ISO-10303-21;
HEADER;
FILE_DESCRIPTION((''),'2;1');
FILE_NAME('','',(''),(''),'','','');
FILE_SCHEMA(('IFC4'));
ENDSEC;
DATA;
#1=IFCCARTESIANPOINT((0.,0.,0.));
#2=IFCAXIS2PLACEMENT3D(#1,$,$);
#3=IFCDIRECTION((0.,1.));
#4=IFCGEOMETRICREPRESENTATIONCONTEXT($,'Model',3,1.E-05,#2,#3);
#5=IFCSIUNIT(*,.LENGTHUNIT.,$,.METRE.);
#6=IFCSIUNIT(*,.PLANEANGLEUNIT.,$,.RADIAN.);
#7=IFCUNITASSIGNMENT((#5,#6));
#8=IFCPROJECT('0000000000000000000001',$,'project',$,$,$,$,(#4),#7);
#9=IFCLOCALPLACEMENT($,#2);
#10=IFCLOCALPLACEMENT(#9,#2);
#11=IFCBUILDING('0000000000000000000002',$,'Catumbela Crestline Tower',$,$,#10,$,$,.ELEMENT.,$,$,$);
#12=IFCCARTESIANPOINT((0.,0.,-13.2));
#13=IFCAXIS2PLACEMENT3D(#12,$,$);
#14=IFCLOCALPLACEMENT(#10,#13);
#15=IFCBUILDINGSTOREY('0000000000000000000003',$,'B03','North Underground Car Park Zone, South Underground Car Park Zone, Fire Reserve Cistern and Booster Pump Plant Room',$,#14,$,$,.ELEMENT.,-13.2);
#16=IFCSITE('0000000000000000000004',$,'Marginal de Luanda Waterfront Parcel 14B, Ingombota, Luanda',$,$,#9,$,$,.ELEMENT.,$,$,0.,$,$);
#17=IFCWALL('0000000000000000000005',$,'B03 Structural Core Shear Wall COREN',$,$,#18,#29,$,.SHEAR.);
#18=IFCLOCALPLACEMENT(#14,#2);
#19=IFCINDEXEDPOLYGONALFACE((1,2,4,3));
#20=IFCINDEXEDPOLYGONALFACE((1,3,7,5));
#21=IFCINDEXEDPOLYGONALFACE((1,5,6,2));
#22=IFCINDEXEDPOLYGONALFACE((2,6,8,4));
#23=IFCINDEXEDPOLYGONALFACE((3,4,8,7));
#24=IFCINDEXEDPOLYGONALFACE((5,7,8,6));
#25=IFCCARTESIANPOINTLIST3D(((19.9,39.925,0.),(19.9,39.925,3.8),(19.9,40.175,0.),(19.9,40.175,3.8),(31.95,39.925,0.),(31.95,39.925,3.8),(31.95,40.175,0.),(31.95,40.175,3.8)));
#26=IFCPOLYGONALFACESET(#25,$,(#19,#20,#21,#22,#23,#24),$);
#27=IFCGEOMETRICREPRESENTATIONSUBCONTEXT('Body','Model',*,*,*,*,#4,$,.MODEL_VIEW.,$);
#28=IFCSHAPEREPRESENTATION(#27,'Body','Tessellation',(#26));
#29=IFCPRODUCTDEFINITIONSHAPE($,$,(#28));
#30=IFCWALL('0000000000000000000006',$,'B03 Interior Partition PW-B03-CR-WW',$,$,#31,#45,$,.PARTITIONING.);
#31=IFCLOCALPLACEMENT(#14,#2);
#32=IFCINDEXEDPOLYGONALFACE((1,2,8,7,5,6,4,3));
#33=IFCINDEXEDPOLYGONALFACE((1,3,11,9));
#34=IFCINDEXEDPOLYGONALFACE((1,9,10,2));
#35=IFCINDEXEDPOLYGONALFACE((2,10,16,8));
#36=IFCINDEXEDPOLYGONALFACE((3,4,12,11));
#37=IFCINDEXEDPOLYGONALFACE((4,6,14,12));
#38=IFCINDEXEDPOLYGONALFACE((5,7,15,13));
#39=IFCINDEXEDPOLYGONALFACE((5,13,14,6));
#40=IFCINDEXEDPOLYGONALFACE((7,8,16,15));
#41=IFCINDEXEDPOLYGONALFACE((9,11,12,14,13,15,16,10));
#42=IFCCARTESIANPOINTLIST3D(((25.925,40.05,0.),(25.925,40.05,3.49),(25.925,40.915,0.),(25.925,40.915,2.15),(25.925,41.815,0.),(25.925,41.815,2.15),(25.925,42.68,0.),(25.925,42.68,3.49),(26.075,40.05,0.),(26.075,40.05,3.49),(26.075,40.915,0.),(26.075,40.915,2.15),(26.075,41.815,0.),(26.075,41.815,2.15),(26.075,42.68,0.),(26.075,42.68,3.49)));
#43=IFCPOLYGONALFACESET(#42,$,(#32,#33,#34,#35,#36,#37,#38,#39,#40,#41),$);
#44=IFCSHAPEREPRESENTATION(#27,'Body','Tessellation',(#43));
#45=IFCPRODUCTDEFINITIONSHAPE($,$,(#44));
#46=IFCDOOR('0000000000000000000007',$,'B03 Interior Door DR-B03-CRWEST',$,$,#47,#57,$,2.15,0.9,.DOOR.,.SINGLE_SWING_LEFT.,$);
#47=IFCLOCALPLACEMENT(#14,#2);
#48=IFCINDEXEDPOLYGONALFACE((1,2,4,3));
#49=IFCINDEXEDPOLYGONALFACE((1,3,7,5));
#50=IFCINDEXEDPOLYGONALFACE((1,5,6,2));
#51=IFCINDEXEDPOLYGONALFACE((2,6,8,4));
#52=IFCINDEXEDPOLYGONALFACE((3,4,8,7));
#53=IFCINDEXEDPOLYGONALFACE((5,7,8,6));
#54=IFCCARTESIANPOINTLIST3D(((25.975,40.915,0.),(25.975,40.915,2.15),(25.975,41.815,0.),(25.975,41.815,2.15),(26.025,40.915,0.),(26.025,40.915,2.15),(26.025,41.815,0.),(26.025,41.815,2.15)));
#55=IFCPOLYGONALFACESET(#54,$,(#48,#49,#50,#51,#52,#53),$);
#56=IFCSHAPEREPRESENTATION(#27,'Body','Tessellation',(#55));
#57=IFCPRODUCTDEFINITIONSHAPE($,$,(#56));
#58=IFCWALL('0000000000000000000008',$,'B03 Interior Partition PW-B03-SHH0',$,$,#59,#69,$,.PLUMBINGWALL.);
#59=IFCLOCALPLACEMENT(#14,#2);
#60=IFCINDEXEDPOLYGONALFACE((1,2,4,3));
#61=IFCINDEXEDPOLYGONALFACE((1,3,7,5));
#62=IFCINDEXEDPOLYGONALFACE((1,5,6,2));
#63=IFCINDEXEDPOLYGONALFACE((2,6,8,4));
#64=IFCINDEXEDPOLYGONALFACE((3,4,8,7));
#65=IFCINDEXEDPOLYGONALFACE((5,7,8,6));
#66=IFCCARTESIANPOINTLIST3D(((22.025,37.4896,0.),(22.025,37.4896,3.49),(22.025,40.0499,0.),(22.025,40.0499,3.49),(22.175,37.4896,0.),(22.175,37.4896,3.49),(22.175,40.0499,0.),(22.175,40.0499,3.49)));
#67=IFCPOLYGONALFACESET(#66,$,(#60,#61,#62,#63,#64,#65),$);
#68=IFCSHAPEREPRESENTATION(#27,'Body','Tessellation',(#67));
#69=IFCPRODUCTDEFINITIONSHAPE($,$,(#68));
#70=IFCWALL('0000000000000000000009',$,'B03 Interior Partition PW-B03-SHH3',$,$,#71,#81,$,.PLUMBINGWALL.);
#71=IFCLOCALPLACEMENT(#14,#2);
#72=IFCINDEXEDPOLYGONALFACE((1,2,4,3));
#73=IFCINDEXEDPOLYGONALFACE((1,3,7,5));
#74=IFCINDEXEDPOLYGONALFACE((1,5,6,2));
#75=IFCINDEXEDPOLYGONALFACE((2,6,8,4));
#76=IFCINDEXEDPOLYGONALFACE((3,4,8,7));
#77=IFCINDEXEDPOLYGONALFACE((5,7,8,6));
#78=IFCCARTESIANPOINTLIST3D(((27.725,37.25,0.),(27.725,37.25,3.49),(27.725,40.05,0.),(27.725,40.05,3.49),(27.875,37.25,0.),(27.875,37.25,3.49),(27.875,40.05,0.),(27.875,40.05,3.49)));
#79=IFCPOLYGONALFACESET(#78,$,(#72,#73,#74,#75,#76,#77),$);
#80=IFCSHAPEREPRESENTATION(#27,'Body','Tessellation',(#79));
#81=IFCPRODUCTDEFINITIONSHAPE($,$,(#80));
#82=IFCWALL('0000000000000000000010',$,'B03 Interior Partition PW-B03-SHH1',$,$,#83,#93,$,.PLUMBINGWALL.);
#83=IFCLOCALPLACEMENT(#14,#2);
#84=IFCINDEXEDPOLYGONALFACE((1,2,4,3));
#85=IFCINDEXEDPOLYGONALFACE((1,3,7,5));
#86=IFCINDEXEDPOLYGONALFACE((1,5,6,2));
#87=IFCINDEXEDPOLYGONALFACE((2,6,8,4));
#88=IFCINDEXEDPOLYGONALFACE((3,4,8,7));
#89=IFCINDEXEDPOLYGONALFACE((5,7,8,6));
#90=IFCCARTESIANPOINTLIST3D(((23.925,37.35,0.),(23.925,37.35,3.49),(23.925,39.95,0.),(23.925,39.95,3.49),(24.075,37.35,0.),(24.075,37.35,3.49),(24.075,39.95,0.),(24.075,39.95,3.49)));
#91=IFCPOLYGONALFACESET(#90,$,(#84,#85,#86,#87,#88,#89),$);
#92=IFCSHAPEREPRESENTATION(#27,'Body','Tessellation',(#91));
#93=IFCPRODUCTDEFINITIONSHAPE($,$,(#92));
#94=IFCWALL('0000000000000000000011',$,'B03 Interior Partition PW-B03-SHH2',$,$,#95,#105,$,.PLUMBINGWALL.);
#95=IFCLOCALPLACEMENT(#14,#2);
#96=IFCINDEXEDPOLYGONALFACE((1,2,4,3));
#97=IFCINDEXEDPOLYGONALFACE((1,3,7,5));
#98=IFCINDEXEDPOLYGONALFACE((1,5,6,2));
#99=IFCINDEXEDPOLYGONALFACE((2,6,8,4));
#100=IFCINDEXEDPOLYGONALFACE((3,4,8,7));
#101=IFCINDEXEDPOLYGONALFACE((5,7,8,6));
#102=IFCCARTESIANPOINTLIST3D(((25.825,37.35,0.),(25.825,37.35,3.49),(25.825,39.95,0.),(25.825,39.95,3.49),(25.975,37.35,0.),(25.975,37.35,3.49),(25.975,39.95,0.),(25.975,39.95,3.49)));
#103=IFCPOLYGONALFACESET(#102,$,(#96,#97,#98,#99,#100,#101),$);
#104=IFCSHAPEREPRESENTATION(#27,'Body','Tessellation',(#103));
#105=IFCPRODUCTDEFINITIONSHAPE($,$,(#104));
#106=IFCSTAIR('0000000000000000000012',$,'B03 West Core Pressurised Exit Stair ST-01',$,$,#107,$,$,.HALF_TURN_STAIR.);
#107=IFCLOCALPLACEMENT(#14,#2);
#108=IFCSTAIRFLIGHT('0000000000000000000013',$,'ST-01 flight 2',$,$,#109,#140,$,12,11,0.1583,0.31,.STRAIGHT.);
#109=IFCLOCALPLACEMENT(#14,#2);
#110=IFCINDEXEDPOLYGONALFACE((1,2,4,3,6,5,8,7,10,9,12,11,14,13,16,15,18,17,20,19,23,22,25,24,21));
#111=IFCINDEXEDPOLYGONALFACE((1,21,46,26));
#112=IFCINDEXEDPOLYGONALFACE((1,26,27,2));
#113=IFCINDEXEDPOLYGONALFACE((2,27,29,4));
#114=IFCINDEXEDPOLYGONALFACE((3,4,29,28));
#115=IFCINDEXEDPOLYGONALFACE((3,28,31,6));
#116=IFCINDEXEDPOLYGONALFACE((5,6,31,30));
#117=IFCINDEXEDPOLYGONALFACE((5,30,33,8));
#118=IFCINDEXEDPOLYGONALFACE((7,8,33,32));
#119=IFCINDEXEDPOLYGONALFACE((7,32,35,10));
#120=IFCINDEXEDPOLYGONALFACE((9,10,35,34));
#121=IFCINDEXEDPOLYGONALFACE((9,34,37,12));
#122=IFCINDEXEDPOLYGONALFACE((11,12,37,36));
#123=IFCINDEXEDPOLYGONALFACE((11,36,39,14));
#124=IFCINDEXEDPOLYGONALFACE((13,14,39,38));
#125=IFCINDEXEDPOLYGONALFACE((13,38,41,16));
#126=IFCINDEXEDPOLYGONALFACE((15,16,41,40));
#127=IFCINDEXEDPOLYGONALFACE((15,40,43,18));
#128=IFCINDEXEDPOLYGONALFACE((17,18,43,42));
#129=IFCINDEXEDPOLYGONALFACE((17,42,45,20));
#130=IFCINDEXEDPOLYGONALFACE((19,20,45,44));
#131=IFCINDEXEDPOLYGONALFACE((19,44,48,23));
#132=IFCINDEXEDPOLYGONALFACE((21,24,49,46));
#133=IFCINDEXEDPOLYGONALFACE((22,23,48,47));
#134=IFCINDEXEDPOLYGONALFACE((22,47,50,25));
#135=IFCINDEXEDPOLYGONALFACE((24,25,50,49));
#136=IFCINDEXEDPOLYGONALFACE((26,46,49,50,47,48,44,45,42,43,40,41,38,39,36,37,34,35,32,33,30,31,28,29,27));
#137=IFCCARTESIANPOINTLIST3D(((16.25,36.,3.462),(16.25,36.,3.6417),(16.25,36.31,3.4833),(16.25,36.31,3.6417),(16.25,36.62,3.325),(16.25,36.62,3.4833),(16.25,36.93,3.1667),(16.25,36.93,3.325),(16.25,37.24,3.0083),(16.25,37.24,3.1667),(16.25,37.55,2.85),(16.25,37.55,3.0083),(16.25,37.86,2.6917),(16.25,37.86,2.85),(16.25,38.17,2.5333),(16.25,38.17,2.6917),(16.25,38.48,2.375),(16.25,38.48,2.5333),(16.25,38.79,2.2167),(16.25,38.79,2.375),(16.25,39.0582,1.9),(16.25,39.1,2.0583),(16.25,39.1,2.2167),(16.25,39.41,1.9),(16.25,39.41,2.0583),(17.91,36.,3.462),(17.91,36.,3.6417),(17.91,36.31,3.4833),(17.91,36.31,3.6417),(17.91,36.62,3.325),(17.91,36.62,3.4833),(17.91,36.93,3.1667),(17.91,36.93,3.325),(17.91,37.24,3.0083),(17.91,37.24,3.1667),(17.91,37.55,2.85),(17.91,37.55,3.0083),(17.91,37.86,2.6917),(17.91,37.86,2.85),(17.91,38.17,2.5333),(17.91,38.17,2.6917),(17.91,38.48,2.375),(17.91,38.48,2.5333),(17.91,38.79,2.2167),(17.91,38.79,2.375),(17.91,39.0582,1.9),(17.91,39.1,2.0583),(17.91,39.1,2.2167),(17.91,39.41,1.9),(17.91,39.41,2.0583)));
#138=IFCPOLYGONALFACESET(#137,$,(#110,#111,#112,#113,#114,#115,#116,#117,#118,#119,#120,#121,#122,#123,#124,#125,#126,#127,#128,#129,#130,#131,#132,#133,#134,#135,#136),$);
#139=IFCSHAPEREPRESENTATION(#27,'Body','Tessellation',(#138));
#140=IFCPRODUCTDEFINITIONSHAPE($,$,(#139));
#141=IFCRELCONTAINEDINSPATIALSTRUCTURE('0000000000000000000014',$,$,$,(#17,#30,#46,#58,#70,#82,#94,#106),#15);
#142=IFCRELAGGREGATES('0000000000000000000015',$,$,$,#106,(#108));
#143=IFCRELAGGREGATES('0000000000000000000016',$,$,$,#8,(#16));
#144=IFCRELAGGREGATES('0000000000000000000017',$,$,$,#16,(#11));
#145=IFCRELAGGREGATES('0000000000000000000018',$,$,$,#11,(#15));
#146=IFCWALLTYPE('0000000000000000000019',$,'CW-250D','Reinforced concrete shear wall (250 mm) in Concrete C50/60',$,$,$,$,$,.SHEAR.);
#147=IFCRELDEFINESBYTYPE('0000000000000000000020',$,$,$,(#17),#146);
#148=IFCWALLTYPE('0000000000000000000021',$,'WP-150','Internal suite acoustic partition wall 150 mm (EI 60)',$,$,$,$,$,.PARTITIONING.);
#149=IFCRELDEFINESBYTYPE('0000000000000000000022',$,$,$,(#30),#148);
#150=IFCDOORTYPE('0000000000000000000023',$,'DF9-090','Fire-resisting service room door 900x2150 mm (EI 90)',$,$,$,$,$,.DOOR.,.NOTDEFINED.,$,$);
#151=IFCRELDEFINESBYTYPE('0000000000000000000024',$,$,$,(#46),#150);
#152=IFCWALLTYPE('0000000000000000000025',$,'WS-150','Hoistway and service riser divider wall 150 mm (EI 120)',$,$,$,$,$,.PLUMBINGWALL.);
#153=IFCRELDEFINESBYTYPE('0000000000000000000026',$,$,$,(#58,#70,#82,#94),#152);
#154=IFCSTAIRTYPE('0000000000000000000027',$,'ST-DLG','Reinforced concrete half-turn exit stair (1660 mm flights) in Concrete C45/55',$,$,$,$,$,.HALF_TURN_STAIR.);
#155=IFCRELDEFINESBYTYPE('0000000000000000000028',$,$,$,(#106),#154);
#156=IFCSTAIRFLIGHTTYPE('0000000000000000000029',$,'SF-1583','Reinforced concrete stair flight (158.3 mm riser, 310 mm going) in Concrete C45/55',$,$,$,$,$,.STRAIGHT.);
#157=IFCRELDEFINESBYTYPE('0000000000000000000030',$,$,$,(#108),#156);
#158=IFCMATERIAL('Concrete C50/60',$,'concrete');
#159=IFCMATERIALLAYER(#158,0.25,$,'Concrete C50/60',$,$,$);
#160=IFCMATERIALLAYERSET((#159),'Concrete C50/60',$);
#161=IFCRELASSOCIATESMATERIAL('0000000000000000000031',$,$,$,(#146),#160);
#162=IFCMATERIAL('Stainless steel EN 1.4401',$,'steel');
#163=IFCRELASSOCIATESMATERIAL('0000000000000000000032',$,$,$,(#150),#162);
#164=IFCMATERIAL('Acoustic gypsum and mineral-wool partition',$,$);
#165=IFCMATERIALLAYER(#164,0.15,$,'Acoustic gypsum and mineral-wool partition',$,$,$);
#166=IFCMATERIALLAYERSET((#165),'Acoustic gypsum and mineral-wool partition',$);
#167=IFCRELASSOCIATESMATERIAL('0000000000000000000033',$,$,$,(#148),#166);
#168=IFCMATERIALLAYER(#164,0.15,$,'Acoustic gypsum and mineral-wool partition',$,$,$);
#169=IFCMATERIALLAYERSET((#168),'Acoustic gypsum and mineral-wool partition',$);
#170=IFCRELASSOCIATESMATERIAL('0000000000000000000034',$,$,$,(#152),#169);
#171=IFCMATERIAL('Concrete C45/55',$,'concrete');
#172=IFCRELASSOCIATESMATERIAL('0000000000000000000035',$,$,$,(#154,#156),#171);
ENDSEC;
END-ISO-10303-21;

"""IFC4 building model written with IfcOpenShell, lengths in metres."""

from ifc_helpers import new_model, si_unit, direction, frame, frame_2d, origin, place, context, subcontext, project, spatial, polyline, rectangle, outline, extrude, material, layer, layer_set, type_object, element, fill, aggregate, save


model = new_model("IFC4")

# Units and contexts
model_context = context("Model", 3, precision=1e-05, world=origin(), true_north=direction((0.0, 1.0)))
body_context = subcontext(model_context, "Body", "Model", "MODEL_VIEW")
ifc_project = project(units=[si_unit("LENGTHUNIT", "METRE"), si_unit("PLANEANGLEUNIT", "RADIAN")], contexts=[model_context])

# Site, building, storey
site_placement = place(None, origin())
site = spatial("IfcSite", under=ifc_project, at=site_placement, Name="Marginal de Luanda Waterfront Parcel 14B, Ingombota, Luanda", CompositionType="ELEMENT", RefElevation=0.0)
building_placement = place(site_placement, origin())
building = spatial("IfcBuilding", under=site, at=building_placement, Name="Catumbela Crestline Tower", CompositionType="ELEMENT")
storey_placement = place(building_placement, frame((0.0, 0.0, -13.2)))
storey = spatial("IfcBuildingStorey", under=building, at=storey_placement, Name="B03", Description="North Underground Car Park Zone, South Underground Car Park Zone, Fire Reserve Cistern and Booster Pump Plant Room", CompositionType="ELEMENT", Elevation=-13.2)

# Shared definitions
ifc_material_1 = material(Name="Concrete C50/60", Category="concrete")
ifc_layer_1 = layer(ifc_material_1, 0.25, Name="Concrete C50/60")
ifc_layer_set_1 = layer_set([ifc_layer_1], Name="Concrete C50/60")
wall_type_1 = type_object("IfcWallType", Name="CW-250D", Description="Reinforced concrete shear wall (250 mm) in Concrete C50/60", PredefinedType="SHEAR", material=ifc_layer_set_1)
ifc_material_2 = material(Name="Stainless steel EN 1.4401", Category="steel")
door_type = type_object("IfcDoorType", Name="DF9-090", Description="Fire-resisting service room door 900x2150 mm (EI 90)", OperationType="NOTDEFINED", PredefinedType="DOOR", material=ifc_material_2)

# Wall
wall_1_placement = place(storey_placement, frame((19.9, 40.05, 0.0), z_axis=(0.0, 0.0, 1.0), x_axis=(1.0, 0.0, 0.0)))
element("IfcWall", 1, at=wall_1_placement, inside=storey, type_object=wall_type_1, Name="B03 Structural Core Shear Wall COREN", PredefinedType="SHEAR", context=body_context, shape_type="SweptSolid", body=[
    extrude(rectangle(XDim=12.05, YDim=0.25, at=frame_2d((6.025, 0.0))), origin(), (0.0, 0.0, 1.0), 3.8),
])

# Wall, opening, door
ifc_material_3 = material(Name="Acoustic gypsum and mineral-wool partition")
ifc_layer_2 = layer(ifc_material_3, 0.15, Name="Acoustic gypsum and mineral-wool partition")
ifc_layer_set_2 = layer_set([ifc_layer_2], Name="Acoustic gypsum and mineral-wool partition")
wall_type_2 = type_object("IfcWallType", Name="WP-150", Description="Internal suite acoustic partition wall 150 mm (EI 60)", PredefinedType="PARTITIONING", material=ifc_layer_set_2)
wall_2_placement = place(storey_placement, frame((26.0, 40.05, 0.0), z_axis=(0.0, 0.0, 1.0), x_axis=(0.0, 1.0, 0.0)))
wall_2 = element("IfcWall", 2, at=wall_2_placement, inside=storey, type_object=wall_type_2, Name="B03 Interior Partition PW-B03-CR-WW", PredefinedType="PARTITIONING", context=body_context, shape_type="SweptSolid", body=[
    extrude(rectangle(XDim=2.63, YDim=0.15, at=frame_2d((1.315, 0.0))), origin(), (0.0, 0.0, 1.0), 3.49),
])
opening_1_placement = place(wall_2_placement, frame((0.865, 0.0, 0.0)))
opening_1 = element("IfcOpeningElement", 3, at=opening_1_placement, cuts=wall_2, PredefinedType="OPENING", context=body_context, shape_type="SweptSolid", body=[
    extrude(rectangle(XDim=0.9, YDim=2.15, at=frame_2d((0.45, 1.075))), frame((0.0, 0.085, 0.0), z_axis=(0.0, -1.0, 0.0), x_axis=(1.0, 0.0, 0.0)), (0.0, 0.0, 1.0), 0.17),
])
door_1_placement = place(opening_1_placement, origin())
door_1 = element("IfcDoor", 4, at=door_1_placement, inside=storey, type_object=door_type, Name="B03 Interior Door DR-B03-CRWEST", OperationType="SINGLE_SWING_LEFT", OverallHeight=2.15, OverallWidth=0.9, PredefinedType="DOOR", context=body_context, shape_type="SweptSolid", body=[
    extrude(rectangle(XDim=0.9, YDim=2.15, at=frame_2d((0.45, 1.075))), frame((0.0, 0.025, 0.0), z_axis=(0.0, -1.0, 0.0), x_axis=(1.0, 0.0, 0.0)), (0.0, 0.0, 1.0), 0.05),
])
fill(opening_1, door_1)

# Walls
ifc_layer_3 = layer(ifc_material_3, 0.15, Name="Acoustic gypsum and mineral-wool partition")
ifc_layer_set_3 = layer_set([ifc_layer_3], Name="Acoustic gypsum and mineral-wool partition")
wall_type_3 = type_object("IfcWallType", Name="WS-150", Description="Hoistway and service riser divider wall 150 mm (EI 120)", PredefinedType="PLUMBINGWALL", material=ifc_layer_set_3)
wall_3_placement = place(storey_placement, frame((22.1, 37.4897, 0.0), z_axis=(0.0, 0.0, 1.0), x_axis=(0.0, 1.0, 0.0)))
element("IfcWall", 5, at=wall_3_placement, inside=storey, type_object=wall_type_3, Name="B03 Interior Partition PW-B03-SHH0", PredefinedType="PLUMBINGWALL", context=body_context, shape_type="SweptSolid", body=[
    extrude(rectangle(XDim=2.5603, YDim=0.15, at=frame_2d((1.2801, 0.0))), origin(), (0.0, 0.0, 1.0), 3.49),
])
wall_4_placement = place(storey_placement, frame((27.8, 37.25, 0.0), z_axis=(0.0, 0.0, 1.0), x_axis=(0.0, 1.0, 0.0)))
element("IfcWall", 6, at=wall_4_placement, inside=storey, type_object=wall_type_3, Name="B03 Interior Partition PW-B03-SHH3", PredefinedType="PLUMBINGWALL", context=body_context, shape_type="SweptSolid", body=[
    extrude(rectangle(XDim=2.8, YDim=0.15, at=frame_2d((1.4, 0.0))), origin(), (0.0, 0.0, 1.0), 3.49),
])
for number, where, z_axis, x_axis, name in (
    (7, (24.0, 37.35, 0.0), (0.0, 0.0, 1.0), (0.0, 1.0, 0.0), "B03 Interior Partition PW-B03-SHH1"),
    (8, (25.9, 37.35, 0.0), (0.0, 0.0, 1.0), (0.0, 1.0, 0.0), "B03 Interior Partition PW-B03-SHH2"),
):
    element("IfcWall", number, at=place(storey_placement, frame(where, z_axis=z_axis, x_axis=x_axis)), inside=storey, type_object=wall_type_3, Name=name, PredefinedType="PLUMBINGWALL", context=body_context, shape_type="SweptSolid", body=[
        extrude(rectangle(XDim=2.6, YDim=0.15, at=frame_2d((1.3, 0.0))), origin(), (0.0, 0.0, 1.0), 3.49),
    ])

# Stair, stair flight
ifc_material_4 = material(Name="Concrete C45/55", Category="concrete")
stair_type = type_object("IfcStairType", Name="ST-DLG", Description="Reinforced concrete half-turn exit stair (1660 mm flights) in Concrete C45/55", PredefinedType="HALF_TURN_STAIR", material=ifc_material_4)
stair_placement = place(storey_placement, origin())
stair = element("IfcStair", 9, at=stair_placement, inside=storey, type_object=stair_type, Name="B03 West Core Pressurised Exit Stair ST-01", PredefinedType="HALF_TURN_STAIR")
stair_flight_type = type_object("IfcStairFlightType", Name="SF-1583", Description="Reinforced concrete stair flight (158.3 mm riser, 310 mm going) in Concrete C45/55", PredefinedType="STRAIGHT", material=ifc_material_4)
stair_flight_placement = place(storey_placement, frame((17.08, 39.41, 1.9), z_axis=(0.0, 0.0, 1.0), x_axis=(0.0, -1.0, 0.0)))
stair_flight = element("IfcStairFlight", 10, at=stair_flight_placement, type_object=stair_flight_type, Name="ST-01 flight 2", NumberOfRisers=12, NumberOfTreads=11, PredefinedType="STRAIGHT", RiserHeight=0.1583, TreadLength=0.31, context=body_context, shape_type="SweptSolid", body=[
    extrude(outline(polyline([(0.0, 0.0), (0.0, 0.1583), (0.31, 0.1583), (0.31, 0.3167), (0.62, 0.3167), (0.62, 0.475), (0.93, 0.475), (0.93, 0.6333), (1.24, 0.6333), (1.24, 0.7917), (1.55, 0.7917), (1.55, 0.95), (1.86, 0.95), (1.86, 1.1083), (2.17, 1.1083), (2.17, 1.2667), (2.48, 1.2667), (2.48, 1.425), (2.79, 1.425), (2.79, 1.5833), (3.1, 1.5833), (3.1, 1.7417), (3.41, 1.7417), (3.41, 1.9), (3.41, 1.562), (0.3518, 0.0), (0.0, 0.0)])), frame((0.0, 0.83, 0.0), z_axis=(0.0, -1.0, 0.0), x_axis=(1.0, 0.0, 0.0)), (0.0, 0.0, 1.0), 1.66),
])
aggregate(stair, [stair_flight])

save(model, "model.ifc")
